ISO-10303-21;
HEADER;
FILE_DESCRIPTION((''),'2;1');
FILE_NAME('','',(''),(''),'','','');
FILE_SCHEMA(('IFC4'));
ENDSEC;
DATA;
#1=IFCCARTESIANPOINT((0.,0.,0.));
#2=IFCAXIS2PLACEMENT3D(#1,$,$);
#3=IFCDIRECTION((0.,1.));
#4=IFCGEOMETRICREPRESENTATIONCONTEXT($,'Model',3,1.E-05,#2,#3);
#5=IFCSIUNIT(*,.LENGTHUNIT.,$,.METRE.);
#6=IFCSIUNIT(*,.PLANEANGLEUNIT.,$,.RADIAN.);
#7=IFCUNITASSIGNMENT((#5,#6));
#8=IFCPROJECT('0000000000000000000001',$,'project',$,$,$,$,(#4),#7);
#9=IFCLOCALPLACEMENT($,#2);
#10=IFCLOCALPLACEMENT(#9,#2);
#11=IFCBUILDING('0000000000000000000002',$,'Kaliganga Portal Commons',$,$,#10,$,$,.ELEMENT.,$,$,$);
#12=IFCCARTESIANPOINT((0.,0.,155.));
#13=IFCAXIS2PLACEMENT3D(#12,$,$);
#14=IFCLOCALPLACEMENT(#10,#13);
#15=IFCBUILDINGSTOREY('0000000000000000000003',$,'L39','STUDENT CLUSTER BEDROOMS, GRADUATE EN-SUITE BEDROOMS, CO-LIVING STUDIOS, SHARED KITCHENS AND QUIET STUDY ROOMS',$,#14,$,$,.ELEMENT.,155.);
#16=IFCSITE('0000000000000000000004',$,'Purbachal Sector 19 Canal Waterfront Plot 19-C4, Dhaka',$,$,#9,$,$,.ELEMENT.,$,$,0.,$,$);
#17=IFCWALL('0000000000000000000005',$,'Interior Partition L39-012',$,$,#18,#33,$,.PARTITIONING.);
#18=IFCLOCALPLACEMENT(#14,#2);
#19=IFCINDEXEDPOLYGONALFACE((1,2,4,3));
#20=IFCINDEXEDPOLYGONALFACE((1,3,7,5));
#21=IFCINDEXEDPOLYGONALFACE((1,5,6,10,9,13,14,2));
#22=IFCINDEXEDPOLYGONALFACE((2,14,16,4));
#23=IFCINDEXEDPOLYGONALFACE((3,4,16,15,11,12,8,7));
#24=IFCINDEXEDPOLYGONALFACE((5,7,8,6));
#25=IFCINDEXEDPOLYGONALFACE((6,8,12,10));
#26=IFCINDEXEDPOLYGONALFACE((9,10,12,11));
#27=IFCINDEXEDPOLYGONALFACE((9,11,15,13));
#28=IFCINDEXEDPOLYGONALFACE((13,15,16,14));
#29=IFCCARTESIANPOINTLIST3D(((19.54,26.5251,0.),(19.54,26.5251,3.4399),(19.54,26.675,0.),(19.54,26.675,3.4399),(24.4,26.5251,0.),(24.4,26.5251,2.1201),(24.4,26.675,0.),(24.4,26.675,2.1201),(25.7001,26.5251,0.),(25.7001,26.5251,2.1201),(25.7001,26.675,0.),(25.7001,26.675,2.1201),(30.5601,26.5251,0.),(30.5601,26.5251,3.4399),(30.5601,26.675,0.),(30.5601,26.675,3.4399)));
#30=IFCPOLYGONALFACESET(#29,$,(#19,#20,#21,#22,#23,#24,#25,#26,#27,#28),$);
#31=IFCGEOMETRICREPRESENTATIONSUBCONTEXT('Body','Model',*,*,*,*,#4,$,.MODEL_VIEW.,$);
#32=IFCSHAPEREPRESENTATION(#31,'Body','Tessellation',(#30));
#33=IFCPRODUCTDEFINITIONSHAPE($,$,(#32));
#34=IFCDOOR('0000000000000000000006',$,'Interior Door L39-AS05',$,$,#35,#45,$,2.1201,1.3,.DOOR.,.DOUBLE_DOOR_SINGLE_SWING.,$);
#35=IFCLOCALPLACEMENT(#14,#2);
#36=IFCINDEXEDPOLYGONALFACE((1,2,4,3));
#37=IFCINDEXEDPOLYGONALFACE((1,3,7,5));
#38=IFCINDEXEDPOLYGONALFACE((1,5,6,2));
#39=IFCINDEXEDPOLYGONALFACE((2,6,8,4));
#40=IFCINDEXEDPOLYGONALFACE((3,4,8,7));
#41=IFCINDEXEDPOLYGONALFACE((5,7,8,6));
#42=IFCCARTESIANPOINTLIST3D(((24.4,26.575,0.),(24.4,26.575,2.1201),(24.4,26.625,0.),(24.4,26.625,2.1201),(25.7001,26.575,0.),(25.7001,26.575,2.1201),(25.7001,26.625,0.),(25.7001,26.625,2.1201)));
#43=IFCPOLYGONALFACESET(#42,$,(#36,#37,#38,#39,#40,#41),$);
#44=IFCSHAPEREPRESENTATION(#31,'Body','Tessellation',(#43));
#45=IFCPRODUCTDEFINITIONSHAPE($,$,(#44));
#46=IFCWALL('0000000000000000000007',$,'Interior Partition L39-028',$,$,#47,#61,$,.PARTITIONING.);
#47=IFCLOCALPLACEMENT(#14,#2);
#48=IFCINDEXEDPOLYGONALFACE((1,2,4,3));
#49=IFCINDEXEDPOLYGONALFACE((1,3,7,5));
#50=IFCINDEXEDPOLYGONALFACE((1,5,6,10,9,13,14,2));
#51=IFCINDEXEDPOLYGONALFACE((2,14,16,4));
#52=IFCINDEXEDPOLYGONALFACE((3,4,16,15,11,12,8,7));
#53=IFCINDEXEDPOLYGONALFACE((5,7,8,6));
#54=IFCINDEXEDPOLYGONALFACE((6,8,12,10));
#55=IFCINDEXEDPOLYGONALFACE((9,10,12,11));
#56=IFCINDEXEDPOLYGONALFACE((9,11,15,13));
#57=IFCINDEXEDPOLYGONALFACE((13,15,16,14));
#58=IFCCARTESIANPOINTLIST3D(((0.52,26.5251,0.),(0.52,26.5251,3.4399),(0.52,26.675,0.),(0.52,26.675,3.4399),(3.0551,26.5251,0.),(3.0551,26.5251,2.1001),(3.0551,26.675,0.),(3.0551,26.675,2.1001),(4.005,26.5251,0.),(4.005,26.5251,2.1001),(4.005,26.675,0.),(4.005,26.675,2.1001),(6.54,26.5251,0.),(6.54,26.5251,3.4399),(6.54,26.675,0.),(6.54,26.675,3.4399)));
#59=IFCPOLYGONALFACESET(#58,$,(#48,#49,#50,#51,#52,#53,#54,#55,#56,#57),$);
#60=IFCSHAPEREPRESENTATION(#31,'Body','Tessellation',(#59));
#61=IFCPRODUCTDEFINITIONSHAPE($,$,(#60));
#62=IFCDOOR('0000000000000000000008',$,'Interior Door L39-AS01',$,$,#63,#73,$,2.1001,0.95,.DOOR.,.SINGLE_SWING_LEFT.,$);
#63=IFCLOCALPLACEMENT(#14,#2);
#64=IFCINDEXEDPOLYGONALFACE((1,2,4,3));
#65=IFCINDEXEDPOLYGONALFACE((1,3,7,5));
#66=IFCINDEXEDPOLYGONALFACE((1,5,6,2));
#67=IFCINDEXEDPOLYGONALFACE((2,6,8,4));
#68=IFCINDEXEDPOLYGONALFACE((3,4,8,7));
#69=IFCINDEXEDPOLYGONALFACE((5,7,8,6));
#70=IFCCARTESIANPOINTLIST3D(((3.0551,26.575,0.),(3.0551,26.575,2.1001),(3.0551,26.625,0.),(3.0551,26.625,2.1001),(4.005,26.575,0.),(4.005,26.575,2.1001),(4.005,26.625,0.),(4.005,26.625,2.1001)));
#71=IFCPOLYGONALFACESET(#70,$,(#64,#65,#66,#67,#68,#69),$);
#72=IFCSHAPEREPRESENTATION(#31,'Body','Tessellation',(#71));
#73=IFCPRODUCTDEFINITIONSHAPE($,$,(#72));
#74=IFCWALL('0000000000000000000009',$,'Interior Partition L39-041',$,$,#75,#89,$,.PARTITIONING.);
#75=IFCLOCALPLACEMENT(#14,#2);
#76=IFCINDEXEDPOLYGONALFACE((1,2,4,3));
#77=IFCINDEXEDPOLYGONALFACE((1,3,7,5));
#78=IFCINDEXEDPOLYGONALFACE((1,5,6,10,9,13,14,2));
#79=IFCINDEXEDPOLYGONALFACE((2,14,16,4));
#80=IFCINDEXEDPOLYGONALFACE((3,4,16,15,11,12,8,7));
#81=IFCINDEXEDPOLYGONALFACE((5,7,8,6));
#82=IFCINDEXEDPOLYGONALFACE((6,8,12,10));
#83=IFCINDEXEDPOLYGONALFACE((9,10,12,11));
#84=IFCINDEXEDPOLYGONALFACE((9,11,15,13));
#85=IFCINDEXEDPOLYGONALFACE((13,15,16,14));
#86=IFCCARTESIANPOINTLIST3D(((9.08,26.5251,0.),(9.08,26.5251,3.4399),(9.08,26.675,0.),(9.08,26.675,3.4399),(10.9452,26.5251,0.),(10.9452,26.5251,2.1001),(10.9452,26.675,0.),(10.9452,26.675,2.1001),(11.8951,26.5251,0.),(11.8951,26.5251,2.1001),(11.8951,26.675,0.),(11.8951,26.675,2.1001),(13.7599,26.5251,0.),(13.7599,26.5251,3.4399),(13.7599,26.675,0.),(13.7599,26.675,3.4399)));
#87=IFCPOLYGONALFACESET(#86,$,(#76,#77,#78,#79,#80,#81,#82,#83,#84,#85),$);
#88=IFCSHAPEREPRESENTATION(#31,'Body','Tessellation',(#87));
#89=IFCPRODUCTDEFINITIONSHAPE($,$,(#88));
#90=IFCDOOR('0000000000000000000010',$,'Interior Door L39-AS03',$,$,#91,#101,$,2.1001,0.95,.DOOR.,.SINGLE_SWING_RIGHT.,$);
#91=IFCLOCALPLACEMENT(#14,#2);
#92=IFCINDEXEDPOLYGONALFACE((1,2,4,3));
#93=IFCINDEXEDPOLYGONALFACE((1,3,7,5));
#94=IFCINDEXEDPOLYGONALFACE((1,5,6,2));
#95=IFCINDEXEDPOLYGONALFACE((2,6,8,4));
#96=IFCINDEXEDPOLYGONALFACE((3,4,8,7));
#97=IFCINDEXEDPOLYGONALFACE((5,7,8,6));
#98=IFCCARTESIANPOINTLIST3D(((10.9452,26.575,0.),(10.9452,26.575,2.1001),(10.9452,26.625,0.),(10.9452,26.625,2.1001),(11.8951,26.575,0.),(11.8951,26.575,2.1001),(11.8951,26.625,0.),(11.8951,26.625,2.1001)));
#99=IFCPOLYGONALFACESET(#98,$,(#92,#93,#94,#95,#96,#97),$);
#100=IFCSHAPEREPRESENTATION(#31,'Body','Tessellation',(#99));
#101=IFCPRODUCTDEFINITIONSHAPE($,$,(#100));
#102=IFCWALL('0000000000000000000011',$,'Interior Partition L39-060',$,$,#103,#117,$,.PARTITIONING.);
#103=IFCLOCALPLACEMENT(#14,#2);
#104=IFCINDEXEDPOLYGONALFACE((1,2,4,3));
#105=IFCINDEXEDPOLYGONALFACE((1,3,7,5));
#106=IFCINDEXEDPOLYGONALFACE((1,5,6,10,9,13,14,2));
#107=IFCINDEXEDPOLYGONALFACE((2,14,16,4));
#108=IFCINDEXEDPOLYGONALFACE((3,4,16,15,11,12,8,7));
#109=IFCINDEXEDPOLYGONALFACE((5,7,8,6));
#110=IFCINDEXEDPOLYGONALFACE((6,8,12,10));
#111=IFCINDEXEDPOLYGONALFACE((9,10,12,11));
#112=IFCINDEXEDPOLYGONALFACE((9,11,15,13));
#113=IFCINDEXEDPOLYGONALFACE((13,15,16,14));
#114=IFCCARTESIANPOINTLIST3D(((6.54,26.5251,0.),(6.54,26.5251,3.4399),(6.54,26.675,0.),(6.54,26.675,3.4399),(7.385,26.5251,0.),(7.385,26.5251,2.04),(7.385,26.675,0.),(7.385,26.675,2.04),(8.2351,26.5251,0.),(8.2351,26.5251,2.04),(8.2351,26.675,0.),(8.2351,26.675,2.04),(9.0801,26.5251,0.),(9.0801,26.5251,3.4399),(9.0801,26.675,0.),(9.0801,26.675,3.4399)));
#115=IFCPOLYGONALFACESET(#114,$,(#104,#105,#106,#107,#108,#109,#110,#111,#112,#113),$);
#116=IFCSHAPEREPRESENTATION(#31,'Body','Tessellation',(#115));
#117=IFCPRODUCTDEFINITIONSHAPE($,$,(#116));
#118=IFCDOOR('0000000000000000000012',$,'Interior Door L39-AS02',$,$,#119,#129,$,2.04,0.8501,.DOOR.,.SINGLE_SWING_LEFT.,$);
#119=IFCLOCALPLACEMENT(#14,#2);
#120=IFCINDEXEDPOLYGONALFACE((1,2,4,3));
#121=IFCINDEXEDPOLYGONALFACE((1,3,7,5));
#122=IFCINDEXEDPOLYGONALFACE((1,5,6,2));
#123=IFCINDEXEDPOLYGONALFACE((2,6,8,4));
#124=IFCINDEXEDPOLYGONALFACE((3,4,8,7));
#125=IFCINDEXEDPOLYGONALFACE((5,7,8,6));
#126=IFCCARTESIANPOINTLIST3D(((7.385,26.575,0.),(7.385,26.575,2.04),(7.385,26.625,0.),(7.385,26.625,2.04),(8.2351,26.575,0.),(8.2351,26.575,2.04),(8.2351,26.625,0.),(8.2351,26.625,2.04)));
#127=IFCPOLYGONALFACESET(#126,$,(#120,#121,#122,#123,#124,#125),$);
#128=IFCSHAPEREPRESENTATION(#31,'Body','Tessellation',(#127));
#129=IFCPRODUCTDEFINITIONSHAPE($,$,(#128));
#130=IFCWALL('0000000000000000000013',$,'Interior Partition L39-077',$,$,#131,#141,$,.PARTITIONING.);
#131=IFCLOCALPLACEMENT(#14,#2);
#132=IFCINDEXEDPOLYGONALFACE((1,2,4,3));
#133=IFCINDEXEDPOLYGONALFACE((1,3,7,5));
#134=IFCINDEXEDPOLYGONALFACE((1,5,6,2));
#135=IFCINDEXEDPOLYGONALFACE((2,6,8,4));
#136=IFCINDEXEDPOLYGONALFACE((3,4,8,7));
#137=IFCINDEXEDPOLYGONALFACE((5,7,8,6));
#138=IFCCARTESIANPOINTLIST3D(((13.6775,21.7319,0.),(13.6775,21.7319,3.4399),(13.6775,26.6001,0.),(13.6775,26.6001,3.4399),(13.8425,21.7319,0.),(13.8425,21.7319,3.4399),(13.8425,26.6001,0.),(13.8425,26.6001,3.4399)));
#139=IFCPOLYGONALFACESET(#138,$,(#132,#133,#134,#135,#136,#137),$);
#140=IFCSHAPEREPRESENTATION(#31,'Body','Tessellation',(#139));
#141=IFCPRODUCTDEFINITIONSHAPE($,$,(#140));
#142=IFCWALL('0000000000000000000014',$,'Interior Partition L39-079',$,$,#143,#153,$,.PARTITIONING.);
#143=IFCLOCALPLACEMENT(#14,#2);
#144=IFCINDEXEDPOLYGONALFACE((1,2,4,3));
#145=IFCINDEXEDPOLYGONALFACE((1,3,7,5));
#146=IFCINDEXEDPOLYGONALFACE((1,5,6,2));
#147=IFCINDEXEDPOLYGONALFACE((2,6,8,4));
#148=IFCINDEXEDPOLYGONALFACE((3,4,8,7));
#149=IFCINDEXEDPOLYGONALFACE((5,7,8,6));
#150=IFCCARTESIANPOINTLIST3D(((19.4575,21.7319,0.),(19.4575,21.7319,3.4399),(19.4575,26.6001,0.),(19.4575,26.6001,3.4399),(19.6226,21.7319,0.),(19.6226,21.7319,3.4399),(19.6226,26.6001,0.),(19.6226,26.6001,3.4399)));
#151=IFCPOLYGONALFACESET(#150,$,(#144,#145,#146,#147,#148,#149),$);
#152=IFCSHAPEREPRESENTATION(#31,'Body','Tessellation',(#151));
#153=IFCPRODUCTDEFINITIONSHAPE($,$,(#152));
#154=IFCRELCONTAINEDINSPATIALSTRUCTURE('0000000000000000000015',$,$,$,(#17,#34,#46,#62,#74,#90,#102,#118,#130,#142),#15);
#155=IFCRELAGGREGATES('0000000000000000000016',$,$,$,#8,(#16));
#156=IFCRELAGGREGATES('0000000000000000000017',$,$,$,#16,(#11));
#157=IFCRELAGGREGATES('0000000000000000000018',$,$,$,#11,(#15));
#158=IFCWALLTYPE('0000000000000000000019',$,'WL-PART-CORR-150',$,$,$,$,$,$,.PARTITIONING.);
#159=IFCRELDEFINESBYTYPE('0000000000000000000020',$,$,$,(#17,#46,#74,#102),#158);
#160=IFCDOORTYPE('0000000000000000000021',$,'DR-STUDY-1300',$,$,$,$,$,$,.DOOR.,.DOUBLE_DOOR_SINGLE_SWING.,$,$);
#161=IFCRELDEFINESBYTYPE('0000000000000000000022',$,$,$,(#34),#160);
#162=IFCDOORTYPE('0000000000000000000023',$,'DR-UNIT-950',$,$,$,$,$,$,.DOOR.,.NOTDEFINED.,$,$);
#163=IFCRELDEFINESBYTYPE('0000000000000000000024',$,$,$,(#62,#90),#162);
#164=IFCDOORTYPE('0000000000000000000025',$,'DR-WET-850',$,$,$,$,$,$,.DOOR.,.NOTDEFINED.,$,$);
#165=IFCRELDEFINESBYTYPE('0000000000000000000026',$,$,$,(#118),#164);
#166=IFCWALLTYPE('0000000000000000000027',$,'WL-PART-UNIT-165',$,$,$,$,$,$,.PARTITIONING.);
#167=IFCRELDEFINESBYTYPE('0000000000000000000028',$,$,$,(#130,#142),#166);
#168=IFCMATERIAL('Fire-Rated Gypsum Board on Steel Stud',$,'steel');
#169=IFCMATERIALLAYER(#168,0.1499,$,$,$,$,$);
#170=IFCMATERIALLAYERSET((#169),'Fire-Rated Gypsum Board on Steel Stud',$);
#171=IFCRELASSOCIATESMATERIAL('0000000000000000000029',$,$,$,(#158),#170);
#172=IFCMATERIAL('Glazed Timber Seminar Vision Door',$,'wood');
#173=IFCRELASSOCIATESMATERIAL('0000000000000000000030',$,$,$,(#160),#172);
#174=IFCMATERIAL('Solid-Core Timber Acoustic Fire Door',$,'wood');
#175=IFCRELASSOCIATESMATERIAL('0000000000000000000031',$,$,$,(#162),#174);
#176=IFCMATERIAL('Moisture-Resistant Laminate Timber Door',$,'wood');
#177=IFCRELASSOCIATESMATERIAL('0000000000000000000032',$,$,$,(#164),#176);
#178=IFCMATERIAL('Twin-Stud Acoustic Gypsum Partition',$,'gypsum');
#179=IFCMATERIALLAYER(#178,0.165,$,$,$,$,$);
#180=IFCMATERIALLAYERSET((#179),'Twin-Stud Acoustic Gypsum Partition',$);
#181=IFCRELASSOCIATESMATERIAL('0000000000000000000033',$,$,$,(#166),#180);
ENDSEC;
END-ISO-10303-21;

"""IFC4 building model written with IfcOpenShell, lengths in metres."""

from ifc_helpers import new_model, si_unit, direction, frame, frame_2d, origin, place, context, subcontext, project, spatial, rectangle, extrude, material, layer, layer_set, type_object, element, fill, save


model = new_model("IFC4")

# Units and contexts
model_context = context("Model", 3, precision=1e-05, world=origin(), true_north=direction((0.0, 1.0)))
body_context = subcontext(model_context, "Body", "Model", "MODEL_VIEW")
ifc_project = project(units=[si_unit("LENGTHUNIT", "METRE"), si_unit("PLANEANGLEUNIT", "RADIAN")], contexts=[model_context])

# Site, building, storey
site_placement = place(None, origin())
site = spatial("IfcSite", under=ifc_project, at=site_placement, Name="Purbachal Sector 19 Canal Waterfront Plot 19-C4, Dhaka", CompositionType="ELEMENT", RefElevation=0.0)
building_placement = place(site_placement, origin())
building = spatial("IfcBuilding", under=site, at=building_placement, Name="Kaliganga Portal Commons", CompositionType="ELEMENT")
storey_placement = place(building_placement, frame((0.0, 0.0, 155.0)))
storey = spatial("IfcBuildingStorey", under=building, at=storey_placement, Name="L39", Description="STUDENT CLUSTER BEDROOMS, GRADUATE EN-SUITE BEDROOMS, CO-LIVING STUDIOS, SHARED KITCHENS AND QUIET STUDY ROOMS", CompositionType="ELEMENT", Elevation=155.0)

# Walls, openings, doors
ifc_material_1 = material(Name="Fire-Rated Gypsum Board on Steel Stud", Category="steel")
ifc_layer_1 = layer(ifc_material_1, 0.1499)
ifc_layer_set_1 = layer_set([ifc_layer_1], Name="Fire-Rated Gypsum Board on Steel Stud")
wall_type_1 = type_object("IfcWallType", Name="WL-PART-CORR-150", PredefinedType="PARTITIONING", material=ifc_layer_set_1)
wall_1_placement = place(storey_placement, frame((19.54, 26.6001, 0.0), z_axis=(0.0, 0.0, 1.0), x_axis=(1.0, 0.0, 0.0)))
wall_1 = element("IfcWall", 1, at=wall_1_placement, inside=storey, type_object=wall_type_1, Name="Interior Partition L39-012", PredefinedType="PARTITIONING", context=body_context, shape_type="SweptSolid", body=[
    extrude(rectangle(XDim=11.02, YDim=0.1499, at=frame_2d((5.51, 0.0))), origin(), (0.0, 0.0, 1.0), 3.4399),
])
opening_1_placement = place(wall_1_placement, frame((4.8601, 0.0, 0.0)))
opening_1 = element("IfcOpeningElement", 2, at=opening_1_placement, cuts=wall_1, PredefinedType="OPENING", context=body_context, shape_type="SweptSolid", body=[
    extrude(rectangle(XDim=1.3, YDim=2.1201, at=frame_2d((0.6499, 1.0601))), frame((0.0, 0.085, 0.0), z_axis=(0.0, -1.0, 0.0), x_axis=(1.0, 0.0, 0.0)), (0.0, 0.0, 1.0), 0.1699),
])
ifc_material_2 = material(Name="Glazed Timber Seminar Vision Door", Category="wood")
door_type_1 = type_object("IfcDoorType", Name="DR-STUDY-1300", OperationType="DOUBLE_DOOR_SINGLE_SWING", PredefinedType="DOOR", material=ifc_material_2)
door_1_placement = place(opening_1_placement, origin())
door_1 = element("IfcDoor", 3, at=door_1_placement, inside=storey, type_object=door_type_1, Name="Interior Door L39-AS05", OperationType="DOUBLE_DOOR_SINGLE_SWING", OverallHeight=2.1201, OverallWidth=1.3, PredefinedType="DOOR", context=body_context, shape_type="SweptSolid", body=[
    extrude(rectangle(XDim=1.3, YDim=2.1201, at=frame_2d((0.6499, 1.0601))), frame((0.0, 0.0249, 0.0), z_axis=(0.0, -1.0, 0.0), x_axis=(1.0, 0.0, 0.0)), (0.0, 0.0, 1.0), 0.05),
])
fill(opening_1, door_1)
wall_2_placement = place(storey_placement, frame((0.52, 26.6001, 0.0), z_axis=(0.0, 0.0, 1.0), x_axis=(1.0, 0.0, 0.0)))
wall_2 = element("IfcWall", 4, at=wall_2_placement, inside=storey, type_object=wall_type_1, Name="Interior Partition L39-028", PredefinedType="PARTITIONING", context=body_context, shape_type="SweptSolid", body=[
    extrude(rectangle(XDim=6.02, YDim=0.1499, at=frame_2d((3.01, 0.0))), origin(), (0.0, 0.0, 1.0), 3.4399),
])
opening_2_placement = place(wall_2_placement, frame((2.5349, 0.0, 0.0)))
opening_2 = element("IfcOpeningElement", 5, at=opening_2_placement, cuts=wall_2, PredefinedType="OPENING", context=body_context, shape_type="SweptSolid", body=[
    extrude(rectangle(XDim=0.95, YDim=2.1001, at=frame_2d((0.4751, 1.05))), frame((0.0, 0.085, 0.0), z_axis=(0.0, -1.0, 0.0), x_axis=(1.0, 0.0, 0.0)), (0.0, 0.0, 1.0), 0.1699),
])
ifc_material_3 = material(Name="Solid-Core Timber Acoustic Fire Door", Category="wood")
door_type_2 = type_object("IfcDoorType", Name="DR-UNIT-950", OperationType="NOTDEFINED", PredefinedType="DOOR", material=ifc_material_3)
door_2_placement = place(opening_2_placement, origin())
door_2 = element("IfcDoor", 6, at=door_2_placement, inside=storey, type_object=door_type_2, Name="Interior Door L39-AS01", OperationType="SINGLE_SWING_LEFT", OverallHeight=2.1001, OverallWidth=0.95, PredefinedType="DOOR", context=body_context, shape_type="SweptSolid", body=[
    extrude(rectangle(XDim=0.95, YDim=2.1001, at=frame_2d((0.4751, 1.05))), frame((0.0, 0.0249, 0.0), z_axis=(0.0, -1.0, 0.0), x_axis=(1.0, 0.0, 0.0)), (0.0, 0.0, 1.0), 0.05),
])
fill(opening_2, door_2)
wall_3_placement = place(storey_placement, frame((9.0801, 26.6001, 0.0), z_axis=(0.0, 0.0, 1.0), x_axis=(1.0, 0.0, 0.0)))
wall_3 = element("IfcWall", 7, at=wall_3_placement, inside=storey, type_object=wall_type_1, Name="Interior Partition L39-041", PredefinedType="PARTITIONING", context=body_context, shape_type="SweptSolid", body=[
    extrude(rectangle(XDim=4.6799, YDim=0.1499, at=frame_2d((2.3398, 0.0))), origin(), (0.0, 0.0, 1.0), 3.4399),
])
opening_3_placement = place(wall_3_placement, frame((1.865, 0.0, 0.0)))
opening_3 = element("IfcOpeningElement", 8, at=opening_3_placement, cuts=wall_3, PredefinedType="OPENING", context=body_context, shape_type="SweptSolid", body=[
    extrude(rectangle(XDim=0.95, YDim=2.1001, at=frame_2d((0.4751, 1.05))), frame((0.0, 0.085, 0.0), z_axis=(0.0, -1.0, 0.0), x_axis=(1.0, 0.0, 0.0)), (0.0, 0.0, 1.0), 0.1699),
])
door_3_placement = place(opening_3_placement, origin())
door_3 = element("IfcDoor", 9, at=door_3_placement, inside=storey, type_object=door_type_2, Name="Interior Door L39-AS03", OperationType="SINGLE_SWING_RIGHT", OverallHeight=2.1001, OverallWidth=0.95, PredefinedType="DOOR", context=body_context, shape_type="SweptSolid", body=[
    extrude(rectangle(XDim=0.95, YDim=2.1001, at=frame_2d((0.4751, 1.05))), frame((0.0, 0.0249, 0.0), z_axis=(0.0, -1.0, 0.0), x_axis=(1.0, 0.0, 0.0)), (0.0, 0.0, 1.0), 0.05),
])
fill(opening_3, door_3)
wall_4_placement = place(storey_placement, frame((6.54, 26.6001, 0.0), z_axis=(0.0, 0.0, 1.0), x_axis=(1.0, 0.0, 0.0)))
wall_4 = element("IfcWall", 10, at=wall_4_placement, inside=storey, type_object=wall_type_1, Name="Interior Partition L39-060", PredefinedType="PARTITIONING", context=body_context, shape_type="SweptSolid", body=[
    extrude(rectangle(XDim=2.54, YDim=0.1499, at=frame_2d((1.27, 0.0))), origin(), (0.0, 0.0, 1.0), 3.4399),
])
opening_4_placement = place(wall_4_placement, frame((0.845, 0.0, 0.0)))
opening_4 = element("IfcOpeningElement", 11, at=opening_4_placement, cuts=wall_4, PredefinedType="OPENING", context=body_context, shape_type="SweptSolid", body=[
    extrude(rectangle(XDim=0.8501, YDim=2.04, at=frame_2d((0.425, 1.02))), frame((0.0, 0.085, 0.0), z_axis=(0.0, -1.0, 0.0), x_axis=(1.0, 0.0, 0.0)), (0.0, 0.0, 1.0), 0.1699),
])
ifc_material_4 = material(Name="Moisture-Resistant Laminate Timber Door", Category="wood")
door_type_3 = type_object("IfcDoorType", Name="DR-WET-850", OperationType="NOTDEFINED", PredefinedType="DOOR", material=ifc_material_4)
door_4_placement = place(opening_4_placement, origin())
door_4 = element("IfcDoor", 12, at=door_4_placement, inside=storey, type_object=door_type_3, Name="Interior Door L39-AS02", OperationType="SINGLE_SWING_LEFT", OverallHeight=2.04, OverallWidth=0.8501, PredefinedType="DOOR", context=body_context, shape_type="SweptSolid", body=[
    extrude(rectangle(XDim=0.8501, YDim=2.04, at=frame_2d((0.425, 1.02))), frame((0.0, 0.0249, 0.0), z_axis=(0.0, -1.0, 0.0), x_axis=(1.0, 0.0, 0.0)), (0.0, 0.0, 1.0), 0.05),
])
fill(opening_4, door_4)

# Walls
ifc_material_5 = material(Name="Twin-Stud Acoustic Gypsum Partition", Category="gypsum")
ifc_layer_2 = layer(ifc_material_5, 0.165)
ifc_layer_set_2 = layer_set([ifc_layer_2], Name="Twin-Stud Acoustic Gypsum Partition")
wall_type_2 = type_object("IfcWallType", Name="WL-PART-UNIT-165", PredefinedType="PARTITIONING", material=ifc_layer_set_2)
for number, where, z_axis, x_axis, name in (
    (13, (13.76, 21.7319, 0.0), (0.0, 0.0, 1.0), (0.0, 1.0, 0.0), "Interior Partition L39-077"),
    (14, (19.54, 21.7319, 0.0), (0.0, 0.0, 1.0), (0.0, 1.0, 0.0), "Interior Partition L39-079"),
):
    element("IfcWall", number, at=place(storey_placement, frame(where, z_axis=z_axis, x_axis=x_axis)), inside=storey, type_object=wall_type_2, Name=name, PredefinedType="PARTITIONING", context=body_context, shape_type="SweptSolid", body=[
        extrude(rectangle(XDim=4.8682, YDim=0.165, at=frame_2d((2.4341, 0.0))), origin(), (0.0, 0.0, 1.0), 3.4399),
    ])

save(model, "model.ifc")
